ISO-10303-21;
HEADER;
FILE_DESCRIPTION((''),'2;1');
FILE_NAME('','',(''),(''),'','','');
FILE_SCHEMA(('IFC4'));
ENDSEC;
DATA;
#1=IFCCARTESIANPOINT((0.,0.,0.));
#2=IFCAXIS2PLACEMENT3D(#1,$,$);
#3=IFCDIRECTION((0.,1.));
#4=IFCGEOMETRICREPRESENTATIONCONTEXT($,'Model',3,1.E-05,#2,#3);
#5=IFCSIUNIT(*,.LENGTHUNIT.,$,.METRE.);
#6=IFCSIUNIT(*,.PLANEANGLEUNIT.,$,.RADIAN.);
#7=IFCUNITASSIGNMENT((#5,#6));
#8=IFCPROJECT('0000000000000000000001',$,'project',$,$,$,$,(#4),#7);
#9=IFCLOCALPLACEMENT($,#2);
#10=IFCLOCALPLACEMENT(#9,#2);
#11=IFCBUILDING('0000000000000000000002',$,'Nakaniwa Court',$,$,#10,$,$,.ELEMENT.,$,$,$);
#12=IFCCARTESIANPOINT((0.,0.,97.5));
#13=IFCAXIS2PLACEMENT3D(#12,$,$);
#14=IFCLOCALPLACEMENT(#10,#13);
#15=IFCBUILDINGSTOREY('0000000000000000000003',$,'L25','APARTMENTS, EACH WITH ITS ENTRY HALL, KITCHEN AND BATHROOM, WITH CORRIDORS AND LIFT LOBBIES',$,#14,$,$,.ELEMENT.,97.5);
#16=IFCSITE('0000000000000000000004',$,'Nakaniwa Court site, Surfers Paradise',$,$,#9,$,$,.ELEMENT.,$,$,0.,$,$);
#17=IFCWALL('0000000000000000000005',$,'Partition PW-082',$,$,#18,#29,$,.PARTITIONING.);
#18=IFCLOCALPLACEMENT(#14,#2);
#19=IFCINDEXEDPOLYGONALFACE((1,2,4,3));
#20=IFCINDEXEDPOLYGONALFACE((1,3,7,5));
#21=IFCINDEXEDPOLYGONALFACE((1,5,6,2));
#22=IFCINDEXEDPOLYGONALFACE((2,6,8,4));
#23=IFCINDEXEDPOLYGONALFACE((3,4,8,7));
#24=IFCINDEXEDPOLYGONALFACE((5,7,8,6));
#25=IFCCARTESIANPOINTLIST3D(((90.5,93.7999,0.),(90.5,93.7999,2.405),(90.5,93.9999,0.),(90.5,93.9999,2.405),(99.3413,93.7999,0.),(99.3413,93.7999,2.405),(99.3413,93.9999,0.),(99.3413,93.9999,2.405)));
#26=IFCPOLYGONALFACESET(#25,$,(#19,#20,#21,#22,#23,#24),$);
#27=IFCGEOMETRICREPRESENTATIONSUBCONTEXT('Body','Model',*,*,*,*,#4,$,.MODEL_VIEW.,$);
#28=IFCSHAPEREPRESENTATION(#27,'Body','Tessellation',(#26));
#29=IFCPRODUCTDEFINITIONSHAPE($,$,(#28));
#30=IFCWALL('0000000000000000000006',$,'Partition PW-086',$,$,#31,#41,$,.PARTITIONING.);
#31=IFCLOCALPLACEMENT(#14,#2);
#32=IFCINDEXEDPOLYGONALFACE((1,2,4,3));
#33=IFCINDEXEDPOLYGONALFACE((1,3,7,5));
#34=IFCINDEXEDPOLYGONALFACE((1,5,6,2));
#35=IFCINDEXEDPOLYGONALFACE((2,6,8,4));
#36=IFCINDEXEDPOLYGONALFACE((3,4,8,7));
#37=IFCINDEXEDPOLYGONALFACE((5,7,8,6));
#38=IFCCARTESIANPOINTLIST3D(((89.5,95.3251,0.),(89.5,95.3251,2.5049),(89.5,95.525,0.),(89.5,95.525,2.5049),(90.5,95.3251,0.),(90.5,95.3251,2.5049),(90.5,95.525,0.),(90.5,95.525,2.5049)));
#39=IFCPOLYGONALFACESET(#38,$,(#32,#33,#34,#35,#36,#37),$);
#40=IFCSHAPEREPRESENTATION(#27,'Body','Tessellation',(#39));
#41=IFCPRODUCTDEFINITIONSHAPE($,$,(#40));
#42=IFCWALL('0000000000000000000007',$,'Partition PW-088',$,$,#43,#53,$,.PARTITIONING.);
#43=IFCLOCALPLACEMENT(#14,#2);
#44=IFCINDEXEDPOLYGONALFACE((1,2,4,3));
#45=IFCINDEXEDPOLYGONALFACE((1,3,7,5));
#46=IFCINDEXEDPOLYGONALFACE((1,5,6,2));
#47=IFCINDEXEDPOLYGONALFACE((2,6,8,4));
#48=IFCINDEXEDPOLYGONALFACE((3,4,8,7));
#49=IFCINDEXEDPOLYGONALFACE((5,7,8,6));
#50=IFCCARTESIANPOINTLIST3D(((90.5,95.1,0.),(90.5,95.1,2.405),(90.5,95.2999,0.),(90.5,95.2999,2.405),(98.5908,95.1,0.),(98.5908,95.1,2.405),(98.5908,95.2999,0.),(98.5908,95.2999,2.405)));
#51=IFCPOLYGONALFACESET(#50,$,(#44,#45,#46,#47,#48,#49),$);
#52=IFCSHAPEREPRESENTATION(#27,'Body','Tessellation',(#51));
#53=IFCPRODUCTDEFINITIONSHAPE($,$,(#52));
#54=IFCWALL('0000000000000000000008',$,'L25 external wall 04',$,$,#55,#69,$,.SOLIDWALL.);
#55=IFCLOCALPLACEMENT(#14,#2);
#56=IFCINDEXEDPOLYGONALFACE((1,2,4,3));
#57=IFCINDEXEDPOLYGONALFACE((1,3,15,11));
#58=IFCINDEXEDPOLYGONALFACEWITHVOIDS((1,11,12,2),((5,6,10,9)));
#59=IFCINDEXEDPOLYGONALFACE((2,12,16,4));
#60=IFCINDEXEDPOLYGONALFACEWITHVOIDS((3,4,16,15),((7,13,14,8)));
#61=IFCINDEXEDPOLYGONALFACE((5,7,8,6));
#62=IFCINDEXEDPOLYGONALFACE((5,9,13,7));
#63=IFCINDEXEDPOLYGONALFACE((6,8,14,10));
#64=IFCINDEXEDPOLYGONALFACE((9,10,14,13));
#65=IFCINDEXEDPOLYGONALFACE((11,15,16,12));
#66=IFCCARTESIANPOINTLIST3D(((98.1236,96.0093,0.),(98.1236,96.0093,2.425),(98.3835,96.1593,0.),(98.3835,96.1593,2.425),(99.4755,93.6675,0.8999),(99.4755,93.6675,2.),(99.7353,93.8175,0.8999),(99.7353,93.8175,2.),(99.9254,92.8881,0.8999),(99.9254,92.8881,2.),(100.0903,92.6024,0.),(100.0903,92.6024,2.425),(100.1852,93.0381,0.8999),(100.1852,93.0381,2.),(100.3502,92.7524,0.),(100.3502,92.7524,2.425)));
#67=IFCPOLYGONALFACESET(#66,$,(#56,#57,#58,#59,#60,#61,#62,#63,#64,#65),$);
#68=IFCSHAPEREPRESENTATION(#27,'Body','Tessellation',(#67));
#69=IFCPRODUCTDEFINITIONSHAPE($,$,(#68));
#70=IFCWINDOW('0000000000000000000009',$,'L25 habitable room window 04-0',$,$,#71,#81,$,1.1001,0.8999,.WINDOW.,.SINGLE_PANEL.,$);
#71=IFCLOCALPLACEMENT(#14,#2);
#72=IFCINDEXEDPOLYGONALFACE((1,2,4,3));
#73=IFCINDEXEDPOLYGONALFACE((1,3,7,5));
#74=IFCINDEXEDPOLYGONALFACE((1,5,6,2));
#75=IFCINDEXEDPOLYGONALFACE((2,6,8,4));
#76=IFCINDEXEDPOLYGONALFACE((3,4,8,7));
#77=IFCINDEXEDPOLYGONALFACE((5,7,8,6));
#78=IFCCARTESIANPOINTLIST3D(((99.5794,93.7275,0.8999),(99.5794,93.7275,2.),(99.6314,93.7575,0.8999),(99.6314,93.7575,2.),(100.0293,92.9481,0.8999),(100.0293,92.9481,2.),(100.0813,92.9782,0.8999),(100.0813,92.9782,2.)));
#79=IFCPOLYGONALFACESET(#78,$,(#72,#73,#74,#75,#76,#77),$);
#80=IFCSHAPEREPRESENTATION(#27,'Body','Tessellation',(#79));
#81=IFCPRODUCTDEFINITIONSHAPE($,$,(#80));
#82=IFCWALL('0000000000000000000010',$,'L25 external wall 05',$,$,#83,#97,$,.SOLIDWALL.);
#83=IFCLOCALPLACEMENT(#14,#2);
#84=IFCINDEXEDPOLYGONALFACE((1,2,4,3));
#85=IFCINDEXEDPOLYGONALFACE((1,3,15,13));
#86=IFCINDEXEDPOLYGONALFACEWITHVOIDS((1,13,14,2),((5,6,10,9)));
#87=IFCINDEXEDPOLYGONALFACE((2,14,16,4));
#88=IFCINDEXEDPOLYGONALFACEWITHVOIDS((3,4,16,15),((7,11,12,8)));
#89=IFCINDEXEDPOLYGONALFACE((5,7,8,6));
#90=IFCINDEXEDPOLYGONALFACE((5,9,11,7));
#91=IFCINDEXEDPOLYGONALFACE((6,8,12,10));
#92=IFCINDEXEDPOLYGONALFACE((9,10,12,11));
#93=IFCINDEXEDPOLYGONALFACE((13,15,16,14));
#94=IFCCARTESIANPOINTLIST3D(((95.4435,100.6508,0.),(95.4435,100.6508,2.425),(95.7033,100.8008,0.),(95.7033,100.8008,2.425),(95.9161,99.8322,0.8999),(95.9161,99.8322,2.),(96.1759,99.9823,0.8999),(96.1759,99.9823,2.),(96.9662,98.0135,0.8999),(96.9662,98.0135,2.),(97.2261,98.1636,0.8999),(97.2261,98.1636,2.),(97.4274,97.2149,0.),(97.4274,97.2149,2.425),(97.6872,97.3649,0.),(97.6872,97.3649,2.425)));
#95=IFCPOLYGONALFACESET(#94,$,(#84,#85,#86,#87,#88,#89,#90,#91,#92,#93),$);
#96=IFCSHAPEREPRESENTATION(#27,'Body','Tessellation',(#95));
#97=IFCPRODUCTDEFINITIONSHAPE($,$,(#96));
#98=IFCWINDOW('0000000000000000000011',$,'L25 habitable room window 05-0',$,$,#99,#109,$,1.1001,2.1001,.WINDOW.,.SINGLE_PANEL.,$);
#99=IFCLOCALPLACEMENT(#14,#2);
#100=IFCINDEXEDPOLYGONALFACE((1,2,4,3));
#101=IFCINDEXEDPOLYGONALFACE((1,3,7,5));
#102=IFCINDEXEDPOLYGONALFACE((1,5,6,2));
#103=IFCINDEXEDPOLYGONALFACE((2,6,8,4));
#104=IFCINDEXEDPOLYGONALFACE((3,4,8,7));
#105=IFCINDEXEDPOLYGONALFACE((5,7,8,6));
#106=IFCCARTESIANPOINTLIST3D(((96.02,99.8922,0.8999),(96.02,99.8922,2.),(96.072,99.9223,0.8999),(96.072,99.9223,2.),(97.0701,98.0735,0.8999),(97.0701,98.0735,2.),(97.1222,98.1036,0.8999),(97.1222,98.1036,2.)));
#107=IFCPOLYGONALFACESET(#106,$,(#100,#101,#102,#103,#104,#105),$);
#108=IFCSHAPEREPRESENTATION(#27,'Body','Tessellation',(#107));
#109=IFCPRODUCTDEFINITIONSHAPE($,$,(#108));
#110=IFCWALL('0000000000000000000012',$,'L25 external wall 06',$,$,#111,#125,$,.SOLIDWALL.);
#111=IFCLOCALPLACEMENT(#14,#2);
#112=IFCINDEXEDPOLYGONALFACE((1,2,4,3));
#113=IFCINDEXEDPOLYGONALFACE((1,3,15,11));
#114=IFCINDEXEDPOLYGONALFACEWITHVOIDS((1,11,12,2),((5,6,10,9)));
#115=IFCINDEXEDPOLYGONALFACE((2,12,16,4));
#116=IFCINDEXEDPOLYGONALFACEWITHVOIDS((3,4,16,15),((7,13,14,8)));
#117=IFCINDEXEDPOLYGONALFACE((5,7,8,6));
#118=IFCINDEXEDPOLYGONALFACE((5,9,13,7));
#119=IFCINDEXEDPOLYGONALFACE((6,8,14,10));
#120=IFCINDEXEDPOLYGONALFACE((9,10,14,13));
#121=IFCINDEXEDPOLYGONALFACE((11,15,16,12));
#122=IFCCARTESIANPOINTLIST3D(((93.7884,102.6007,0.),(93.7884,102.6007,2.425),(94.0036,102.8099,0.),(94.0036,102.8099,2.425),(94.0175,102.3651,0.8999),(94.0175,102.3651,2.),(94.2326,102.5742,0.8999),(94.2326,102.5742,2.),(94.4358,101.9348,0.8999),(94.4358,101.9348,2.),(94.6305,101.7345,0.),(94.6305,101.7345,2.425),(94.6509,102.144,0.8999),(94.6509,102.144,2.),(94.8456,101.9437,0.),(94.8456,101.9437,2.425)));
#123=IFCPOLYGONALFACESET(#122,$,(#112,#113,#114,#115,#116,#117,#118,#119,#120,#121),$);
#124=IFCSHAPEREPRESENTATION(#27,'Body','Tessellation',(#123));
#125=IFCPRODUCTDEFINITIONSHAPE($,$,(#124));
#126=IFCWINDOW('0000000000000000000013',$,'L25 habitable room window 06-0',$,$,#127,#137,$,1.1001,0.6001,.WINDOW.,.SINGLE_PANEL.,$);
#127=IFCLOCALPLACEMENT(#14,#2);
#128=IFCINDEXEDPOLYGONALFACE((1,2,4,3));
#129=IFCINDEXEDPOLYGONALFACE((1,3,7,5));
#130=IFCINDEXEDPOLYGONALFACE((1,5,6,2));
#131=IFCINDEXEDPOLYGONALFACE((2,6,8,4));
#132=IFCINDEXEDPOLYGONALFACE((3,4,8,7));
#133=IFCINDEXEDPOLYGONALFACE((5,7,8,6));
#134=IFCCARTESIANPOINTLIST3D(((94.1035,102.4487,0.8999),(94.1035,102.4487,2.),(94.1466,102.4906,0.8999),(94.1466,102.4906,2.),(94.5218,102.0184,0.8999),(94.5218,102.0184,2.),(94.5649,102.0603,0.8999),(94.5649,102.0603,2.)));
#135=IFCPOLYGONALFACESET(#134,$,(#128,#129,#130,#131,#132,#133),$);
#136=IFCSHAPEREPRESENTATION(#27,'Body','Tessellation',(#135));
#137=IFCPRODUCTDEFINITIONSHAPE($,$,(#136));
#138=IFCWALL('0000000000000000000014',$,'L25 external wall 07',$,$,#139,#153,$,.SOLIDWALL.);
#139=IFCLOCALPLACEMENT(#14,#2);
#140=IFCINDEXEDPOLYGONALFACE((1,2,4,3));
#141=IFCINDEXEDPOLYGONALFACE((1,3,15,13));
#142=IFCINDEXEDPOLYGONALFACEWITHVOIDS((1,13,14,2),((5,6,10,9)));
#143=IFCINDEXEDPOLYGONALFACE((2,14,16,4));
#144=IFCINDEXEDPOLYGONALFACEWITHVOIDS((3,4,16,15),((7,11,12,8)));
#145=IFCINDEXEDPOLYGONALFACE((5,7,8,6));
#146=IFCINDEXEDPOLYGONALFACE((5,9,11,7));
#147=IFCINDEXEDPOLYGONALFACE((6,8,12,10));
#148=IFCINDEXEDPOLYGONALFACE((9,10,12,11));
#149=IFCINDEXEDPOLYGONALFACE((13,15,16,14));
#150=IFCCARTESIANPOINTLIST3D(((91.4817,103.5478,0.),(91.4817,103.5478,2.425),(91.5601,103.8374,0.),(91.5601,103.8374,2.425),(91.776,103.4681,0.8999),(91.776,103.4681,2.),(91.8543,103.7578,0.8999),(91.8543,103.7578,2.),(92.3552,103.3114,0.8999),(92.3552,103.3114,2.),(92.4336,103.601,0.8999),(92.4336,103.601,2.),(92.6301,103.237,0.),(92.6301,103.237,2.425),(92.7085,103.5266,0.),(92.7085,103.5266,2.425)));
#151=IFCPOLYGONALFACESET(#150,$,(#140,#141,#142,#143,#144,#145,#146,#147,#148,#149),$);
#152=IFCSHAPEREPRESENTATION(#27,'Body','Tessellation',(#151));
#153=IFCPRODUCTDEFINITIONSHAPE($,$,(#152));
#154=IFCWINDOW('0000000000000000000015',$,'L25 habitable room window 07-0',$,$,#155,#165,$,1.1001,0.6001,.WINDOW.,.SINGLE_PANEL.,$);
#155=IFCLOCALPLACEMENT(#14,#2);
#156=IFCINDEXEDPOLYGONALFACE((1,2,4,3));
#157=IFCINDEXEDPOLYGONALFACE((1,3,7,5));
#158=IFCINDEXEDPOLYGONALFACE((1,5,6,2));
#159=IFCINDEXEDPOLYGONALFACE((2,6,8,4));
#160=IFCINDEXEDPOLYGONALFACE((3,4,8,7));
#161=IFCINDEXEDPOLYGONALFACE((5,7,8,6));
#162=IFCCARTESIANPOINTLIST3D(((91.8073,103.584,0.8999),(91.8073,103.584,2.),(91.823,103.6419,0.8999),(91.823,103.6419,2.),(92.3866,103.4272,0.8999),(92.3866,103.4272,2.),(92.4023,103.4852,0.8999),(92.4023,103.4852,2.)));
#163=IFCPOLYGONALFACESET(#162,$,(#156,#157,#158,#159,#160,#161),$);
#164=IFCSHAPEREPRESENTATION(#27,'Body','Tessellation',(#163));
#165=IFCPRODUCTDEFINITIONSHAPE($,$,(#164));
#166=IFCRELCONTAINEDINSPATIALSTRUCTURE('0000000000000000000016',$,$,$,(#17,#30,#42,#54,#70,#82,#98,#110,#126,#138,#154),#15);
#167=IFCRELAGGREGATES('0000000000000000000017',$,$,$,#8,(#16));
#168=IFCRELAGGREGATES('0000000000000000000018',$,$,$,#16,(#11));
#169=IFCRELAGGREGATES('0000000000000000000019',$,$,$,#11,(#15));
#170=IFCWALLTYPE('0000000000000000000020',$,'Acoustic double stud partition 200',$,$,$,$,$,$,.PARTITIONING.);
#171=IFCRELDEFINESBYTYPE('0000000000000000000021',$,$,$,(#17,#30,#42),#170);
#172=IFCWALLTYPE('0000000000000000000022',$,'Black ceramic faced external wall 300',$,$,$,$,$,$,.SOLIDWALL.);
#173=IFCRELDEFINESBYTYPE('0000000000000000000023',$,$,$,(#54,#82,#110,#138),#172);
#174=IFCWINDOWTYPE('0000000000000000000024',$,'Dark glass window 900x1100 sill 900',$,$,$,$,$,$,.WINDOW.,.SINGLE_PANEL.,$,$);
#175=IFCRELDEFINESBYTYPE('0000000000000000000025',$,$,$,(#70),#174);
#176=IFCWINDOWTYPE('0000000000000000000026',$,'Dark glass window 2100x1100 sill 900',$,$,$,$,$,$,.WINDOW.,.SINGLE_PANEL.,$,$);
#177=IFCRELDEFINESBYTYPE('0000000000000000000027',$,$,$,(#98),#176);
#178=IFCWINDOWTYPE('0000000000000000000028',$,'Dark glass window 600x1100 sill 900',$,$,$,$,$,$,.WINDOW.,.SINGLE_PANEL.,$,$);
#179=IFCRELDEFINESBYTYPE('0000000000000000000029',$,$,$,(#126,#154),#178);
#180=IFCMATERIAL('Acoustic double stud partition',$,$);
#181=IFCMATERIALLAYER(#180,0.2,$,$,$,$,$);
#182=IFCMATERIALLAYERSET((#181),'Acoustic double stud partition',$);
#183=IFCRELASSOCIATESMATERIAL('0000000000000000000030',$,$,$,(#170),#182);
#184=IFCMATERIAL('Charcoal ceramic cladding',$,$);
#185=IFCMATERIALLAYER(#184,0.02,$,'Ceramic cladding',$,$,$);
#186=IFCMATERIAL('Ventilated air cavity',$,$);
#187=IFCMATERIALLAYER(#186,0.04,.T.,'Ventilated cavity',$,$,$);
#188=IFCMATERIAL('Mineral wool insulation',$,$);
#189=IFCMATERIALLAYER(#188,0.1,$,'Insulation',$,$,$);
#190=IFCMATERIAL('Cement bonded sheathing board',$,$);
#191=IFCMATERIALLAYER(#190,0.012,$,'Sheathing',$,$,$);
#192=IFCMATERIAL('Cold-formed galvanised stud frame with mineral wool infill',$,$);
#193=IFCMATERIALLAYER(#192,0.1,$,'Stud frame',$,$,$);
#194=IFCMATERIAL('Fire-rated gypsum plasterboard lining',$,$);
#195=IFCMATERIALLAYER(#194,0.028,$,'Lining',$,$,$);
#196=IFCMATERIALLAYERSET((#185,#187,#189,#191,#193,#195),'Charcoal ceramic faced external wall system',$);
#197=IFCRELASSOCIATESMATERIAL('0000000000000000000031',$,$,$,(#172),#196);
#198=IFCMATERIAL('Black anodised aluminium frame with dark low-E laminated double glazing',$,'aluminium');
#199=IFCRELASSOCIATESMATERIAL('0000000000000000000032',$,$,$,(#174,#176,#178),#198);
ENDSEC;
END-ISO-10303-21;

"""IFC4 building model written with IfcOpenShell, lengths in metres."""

from ifc_helpers import new_model, si_unit, direction, frame, frame_2d, origin, place, context, subcontext, project, spatial, rectangle, extrude, material, layer, layer_set, type_object, element, fill, save


model = new_model("IFC4")

# Units and contexts
model_context = context("Model", 3, precision=1e-05, world=origin(), true_north=direction((0.0, 1.0)))
body_context = subcontext(model_context, "Body", "Model", "MODEL_VIEW")
ifc_project = project(units=[si_unit("LENGTHUNIT", "METRE"), si_unit("PLANEANGLEUNIT", "RADIAN")], contexts=[model_context])

# Site, building, storey
site_placement = place(None, origin())
site = spatial("IfcSite", under=ifc_project, at=site_placement, Name="Nakaniwa Court site, Surfers Paradise", CompositionType="ELEMENT", RefElevation=0.0)
building_placement = place(site_placement, origin())
building = spatial("IfcBuilding", under=site, at=building_placement, Name="Nakaniwa Court", CompositionType="ELEMENT")
storey_placement = place(building_placement, frame((0.0, 0.0, 97.5)))
storey = spatial("IfcBuildingStorey", under=building, at=storey_placement, Name="L25", Description="APARTMENTS, EACH WITH ITS ENTRY HALL, KITCHEN AND BATHROOM, WITH CORRIDORS AND LIFT LOBBIES", CompositionType="ELEMENT", Elevation=97.5)

# Shared definitions
ifc_material_1 = material(Name="Acoustic double stud partition")
ifc_layer_1 = layer(ifc_material_1, 0.2)
ifc_layer_set_1 = layer_set([ifc_layer_1], Name="Acoustic double stud partition")
wall_type_1 = type_object("IfcWallType", Name="Acoustic double stud partition 200", PredefinedType="PARTITIONING", material=ifc_layer_set_1)

# Walls
wall_1_placement = place(storey_placement, frame((90.5, 93.8999, 0.0), z_axis=(0.0, 0.0, 1.0), x_axis=(1.0, 0.0, 0.0)))
element("IfcWall", 1, at=wall_1_placement, inside=storey, type_object=wall_type_1, Name="Partition PW-082", PredefinedType="PARTITIONING", context=body_context, shape_type="SweptSolid", body=[
    extrude(rectangle(XDim=8.8413, YDim=0.2, at=frame_2d((4.4207, 0.0))), origin(), (0.0, 0.0, 1.0), 2.405),
])
wall_2_placement = place(storey_placement, frame((89.5, 95.425, 0.0), z_axis=(0.0, 0.0, 1.0), x_axis=(1.0, 0.0, 0.0)))
element("IfcWall", 2, at=wall_2_placement, inside=storey, type_object=wall_type_1, Name="Partition PW-086", PredefinedType="PARTITIONING", context=body_context, shape_type="SweptSolid", body=[
    extrude(rectangle(XDim=1.0, YDim=0.2, at=frame_2d((0.5, 0.0))), origin(), (0.0, 0.0, 1.0), 2.5049),
])
wall_3_placement = place(storey_placement, frame((90.5, 95.2, 0.0), z_axis=(0.0, 0.0, 1.0), x_axis=(1.0, 0.0, 0.0)))
element("IfcWall", 3, at=wall_3_placement, inside=storey, type_object=wall_type_1, Name="Partition PW-088", PredefinedType="PARTITIONING", context=body_context, shape_type="SweptSolid", body=[
    extrude(rectangle(XDim=8.0908, YDim=0.2, at=frame_2d((4.0454, 0.0))), origin(), (0.0, 0.0, 1.0), 2.405),
])

# Walls, openings, windows
ifc_material_2 = material(Name="Charcoal ceramic cladding")
ifc_layer_2 = layer(ifc_material_2, 0.02, Name="Ceramic cladding")
ifc_material_3 = material(Name="Ventilated air cavity")
ifc_layer_3 = layer(ifc_material_3, 0.04, ventilated=True, Name="Ventilated cavity")
ifc_material_4 = material(Name="Mineral wool insulation")
ifc_layer_4 = layer(ifc_material_4, 0.1, Name="Insulation")
ifc_material_5 = material(Name="Cement bonded sheathing board")
ifc_layer_5 = layer(ifc_material_5, 0.012, Name="Sheathing")
ifc_material_6 = material(Name="Cold-formed galvanised stud frame with mineral wool infill")
ifc_layer_6 = layer(ifc_material_6, 0.1, Name="Stud frame")
ifc_material_7 = material(Name="Fire-rated gypsum plasterboard lining")
ifc_layer_7 = layer(ifc_material_7, 0.028, Name="Lining")
ifc_layer_set_2 = layer_set([ifc_layer_2, ifc_layer_3, ifc_layer_4, ifc_layer_5, ifc_layer_6, ifc_layer_7], Name="Charcoal ceramic faced external wall system")
wall_type_2 = type_object("IfcWallType", Name="Black ceramic faced external wall 300", PredefinedType="SOLIDWALL", material=ifc_layer_set_2)
wall_4_placement = place(storey_placement, frame((100.2202, 92.6775, 0.0), z_axis=(0.0, 0.0, 1.0), x_axis=(-0.499957, 0.86605, 0.0)))
wall_4 = element("IfcWall", 4, at=wall_4_placement, inside=storey, type_object=wall_type_2, Name="L25 external wall 04", PredefinedType="SOLIDWALL", context=body_context, shape_type="SweptSolid", body=[
    extrude(rectangle(XDim=3.9338, YDim=0.3, at=frame_2d((1.9668, 0.0))), origin(), (0.0, 0.0, 1.0), 2.425),
])
opening_1_placement = place(wall_4_placement, frame((0.3298, 0.0, 0.8999)))
opening_1 = element("IfcOpeningElement", 5, at=opening_1_placement, cuts=wall_4, PredefinedType="OPENING", context=body_context, shape_type="SweptSolid", body=[
    extrude(rectangle(XDim=0.8999, YDim=1.1001, at=frame_2d((0.45, 0.55))), frame((0.0, 0.1599, 0.0), z_axis=(0.0, -1.0, 0.0), x_axis=(1.0, 0.0, 0.0)), (0.0, 0.0, 1.0), 0.3201),
])
ifc_material_8 = material(Name="Black anodised aluminium frame with dark low-E laminated double glazing", Category="aluminium")
window_type_1 = type_object("IfcWindowType", Name="Dark glass window 900x1100 sill 900", PartitioningType="SINGLE_PANEL", PredefinedType="WINDOW", material=ifc_material_8)
window_1_placement = place(opening_1_placement, origin())
window_1 = element("IfcWindow", 6, at=window_1_placement, inside=storey, type_object=window_type_1, Name="L25 habitable room window 04-0", OverallHeight=1.1001, OverallWidth=0.8999, PartitioningType="SINGLE_PANEL", PredefinedType="WINDOW", context=body_context, shape_type="SweptSolid", body=[
    extrude(rectangle(XDim=0.8999, YDim=1.1001, at=frame_2d((0.45, 0.55))), frame((0.0, 0.03, 0.0), z_axis=(0.0, -1.0, 0.0), x_axis=(1.0, 0.0, 0.0)), (0.0, 0.0, 1.0), 0.0601),
])
fill(opening_1, window_1)
wall_5_placement = place(storey_placement, frame((97.5574, 97.2898, 0.0), z_axis=(0.0, 0.0, 1.0), x_axis=(-0.500044, 0.866, 0.0)))
wall_5 = element("IfcWall", 7, at=wall_5_placement, inside=storey, type_object=wall_type_2, Name="L25 external wall 05", PredefinedType="SOLIDWALL", context=body_context, shape_type="SweptSolid", body=[
    extrude(rectangle(XDim=3.9675, YDim=0.3, at=frame_2d((1.9839, 0.0))), origin(), (0.0, 0.0, 1.0), 2.425),
])
opening_2_placement = place(wall_5_placement, frame((0.9224, 0.0, 0.8999)))
opening_2 = element("IfcOpeningElement", 8, at=opening_2_placement, cuts=wall_5, PredefinedType="OPENING", context=body_context, shape_type="SweptSolid", body=[
    extrude(rectangle(XDim=2.1001, YDim=1.1001, at=frame_2d((1.05, 0.55))), frame((0.0, 0.1599, 0.0), z_axis=(0.0, -1.0, 0.0), x_axis=(1.0, 0.0, 0.0)), (0.0, 0.0, 1.0), 0.3201),
])
window_type_2 = type_object("IfcWindowType", Name="Dark glass window 2100x1100 sill 900", PartitioningType="SINGLE_PANEL", PredefinedType="WINDOW", material=ifc_material_8)
window_2_placement = place(opening_2_placement, origin())
window_2 = element("IfcWindow", 9, at=window_2_placement, inside=storey, type_object=window_type_2, Name="L25 habitable room window 05-0", OverallHeight=1.1001, OverallWidth=2.1001, PartitioningType="SINGLE_PANEL", PredefinedType="WINDOW", context=body_context, shape_type="SweptSolid", body=[
    extrude(rectangle(XDim=2.1001, YDim=1.1001, at=frame_2d((1.05, 0.55))), frame((0.0, 0.03, 0.0), z_axis=(0.0, -1.0, 0.0), x_axis=(1.0, 0.0, 0.0)), (0.0, 0.0, 1.0), 0.0601),
])
fill(opening_2, window_2)
wall_6_placement = place(storey_placement, frame((94.738, 101.8391, 0.0), z_axis=(0.0, 0.0, 1.0), x_axis=(-0.697032, 0.71704, 0.0)))
wall_6 = element("IfcWall", 10, at=wall_6_placement, inside=storey, type_object=wall_type_2, Name="L25 external wall 06", PredefinedType="SOLIDWALL", context=body_context, shape_type="SweptSolid", body=[
    extrude(rectangle(XDim=1.208, YDim=0.3, at=frame_2d((0.604, 0.0))), origin(), (0.0, 0.0, 1.0), 2.425),
])
opening_3_placement = place(wall_6_placement, frame((0.2793, 0.0, 0.8999)))
opening_3 = element("IfcOpeningElement", 11, at=opening_3_placement, cuts=wall_6, PredefinedType="OPENING", context=body_context, shape_type="SweptSolid", body=[
    extrude(rectangle(XDim=0.6001, YDim=1.1001, at=frame_2d((0.3, 0.55))), frame((0.0, 0.1599, 0.0), z_axis=(0.0, -1.0, 0.0), x_axis=(1.0, 0.0, 0.0)), (0.0, 0.0, 1.0), 0.3201),
])
window_type_3 = type_object("IfcWindowType", Name="Dark glass window 600x1100 sill 900", PartitioningType="SINGLE_PANEL", PredefinedType="WINDOW", material=ifc_material_8)
window_3_placement = place(opening_3_placement, origin())
window_3 = element("IfcWindow", 12, at=window_3_placement, inside=storey, type_object=window_type_3, Name="L25 habitable room window 06-0", OverallHeight=1.1001, OverallWidth=0.6001, PartitioningType="SINGLE_PANEL", PredefinedType="WINDOW", context=body_context, shape_type="SweptSolid", body=[
    extrude(rectangle(XDim=0.6001, YDim=1.1001, at=frame_2d((0.3, 0.55))), frame((0.0, 0.03, 0.0), z_axis=(0.0, -1.0, 0.0), x_axis=(1.0, 0.0, 0.0)), (0.0, 0.0, 1.0), 0.0601),
])
fill(opening_3, window_3)
wall_7_placement = place(storey_placement, frame((92.6692, 103.3818, 0.0), z_axis=(0.0, 0.0, 1.0), x_axis=(-0.965278, 0.261224, 0.0)))
wall_7 = element("IfcWall", 13, at=wall_7_placement, inside=storey, type_object=wall_type_2, Name="L25 external wall 07", PredefinedType="SOLIDWALL", context=body_context, shape_type="SweptSolid", body=[
    extrude(rectangle(XDim=1.1897, YDim=0.3, at=frame_2d((0.5947, 0.0))), origin(), (0.0, 0.0, 1.0), 2.425),
])
opening_4_placement = place(wall_7_placement, frame((0.2847, 0.0, 0.8999)))
opening_4 = element("IfcOpeningElement", 14, at=opening_4_placement, cuts=wall_7, PredefinedType="OPENING", context=body_context, shape_type="SweptSolid", body=[
    extrude(rectangle(XDim=0.6001, YDim=1.1001, at=frame_2d((0.3, 0.55))), frame((0.0, 0.1599, 0.0), z_axis=(0.0, -1.0, 0.0), x_axis=(1.0, 0.0, 0.0)), (0.0, 0.0, 1.0), 0.3201),
])
window_4_placement = place(opening_4_placement, origin())
window_4 = element("IfcWindow", 15, at=window_4_placement, inside=storey, type_object=window_type_3, Name="L25 habitable room window 07-0", OverallHeight=1.1001, OverallWidth=0.6001, PartitioningType="SINGLE_PANEL", PredefinedType="WINDOW", context=body_context, shape_type="SweptSolid", body=[
    extrude(rectangle(XDim=0.6001, YDim=1.1001, at=frame_2d((0.3, 0.55))), frame((0.0, 0.03, 0.0), z_axis=(0.0, -1.0, 0.0), x_axis=(1.0, 0.0, 0.0)), (0.0, 0.0, 1.0), 0.0601),
])
fill(opening_4, window_4)

save(model, "model.ifc")
